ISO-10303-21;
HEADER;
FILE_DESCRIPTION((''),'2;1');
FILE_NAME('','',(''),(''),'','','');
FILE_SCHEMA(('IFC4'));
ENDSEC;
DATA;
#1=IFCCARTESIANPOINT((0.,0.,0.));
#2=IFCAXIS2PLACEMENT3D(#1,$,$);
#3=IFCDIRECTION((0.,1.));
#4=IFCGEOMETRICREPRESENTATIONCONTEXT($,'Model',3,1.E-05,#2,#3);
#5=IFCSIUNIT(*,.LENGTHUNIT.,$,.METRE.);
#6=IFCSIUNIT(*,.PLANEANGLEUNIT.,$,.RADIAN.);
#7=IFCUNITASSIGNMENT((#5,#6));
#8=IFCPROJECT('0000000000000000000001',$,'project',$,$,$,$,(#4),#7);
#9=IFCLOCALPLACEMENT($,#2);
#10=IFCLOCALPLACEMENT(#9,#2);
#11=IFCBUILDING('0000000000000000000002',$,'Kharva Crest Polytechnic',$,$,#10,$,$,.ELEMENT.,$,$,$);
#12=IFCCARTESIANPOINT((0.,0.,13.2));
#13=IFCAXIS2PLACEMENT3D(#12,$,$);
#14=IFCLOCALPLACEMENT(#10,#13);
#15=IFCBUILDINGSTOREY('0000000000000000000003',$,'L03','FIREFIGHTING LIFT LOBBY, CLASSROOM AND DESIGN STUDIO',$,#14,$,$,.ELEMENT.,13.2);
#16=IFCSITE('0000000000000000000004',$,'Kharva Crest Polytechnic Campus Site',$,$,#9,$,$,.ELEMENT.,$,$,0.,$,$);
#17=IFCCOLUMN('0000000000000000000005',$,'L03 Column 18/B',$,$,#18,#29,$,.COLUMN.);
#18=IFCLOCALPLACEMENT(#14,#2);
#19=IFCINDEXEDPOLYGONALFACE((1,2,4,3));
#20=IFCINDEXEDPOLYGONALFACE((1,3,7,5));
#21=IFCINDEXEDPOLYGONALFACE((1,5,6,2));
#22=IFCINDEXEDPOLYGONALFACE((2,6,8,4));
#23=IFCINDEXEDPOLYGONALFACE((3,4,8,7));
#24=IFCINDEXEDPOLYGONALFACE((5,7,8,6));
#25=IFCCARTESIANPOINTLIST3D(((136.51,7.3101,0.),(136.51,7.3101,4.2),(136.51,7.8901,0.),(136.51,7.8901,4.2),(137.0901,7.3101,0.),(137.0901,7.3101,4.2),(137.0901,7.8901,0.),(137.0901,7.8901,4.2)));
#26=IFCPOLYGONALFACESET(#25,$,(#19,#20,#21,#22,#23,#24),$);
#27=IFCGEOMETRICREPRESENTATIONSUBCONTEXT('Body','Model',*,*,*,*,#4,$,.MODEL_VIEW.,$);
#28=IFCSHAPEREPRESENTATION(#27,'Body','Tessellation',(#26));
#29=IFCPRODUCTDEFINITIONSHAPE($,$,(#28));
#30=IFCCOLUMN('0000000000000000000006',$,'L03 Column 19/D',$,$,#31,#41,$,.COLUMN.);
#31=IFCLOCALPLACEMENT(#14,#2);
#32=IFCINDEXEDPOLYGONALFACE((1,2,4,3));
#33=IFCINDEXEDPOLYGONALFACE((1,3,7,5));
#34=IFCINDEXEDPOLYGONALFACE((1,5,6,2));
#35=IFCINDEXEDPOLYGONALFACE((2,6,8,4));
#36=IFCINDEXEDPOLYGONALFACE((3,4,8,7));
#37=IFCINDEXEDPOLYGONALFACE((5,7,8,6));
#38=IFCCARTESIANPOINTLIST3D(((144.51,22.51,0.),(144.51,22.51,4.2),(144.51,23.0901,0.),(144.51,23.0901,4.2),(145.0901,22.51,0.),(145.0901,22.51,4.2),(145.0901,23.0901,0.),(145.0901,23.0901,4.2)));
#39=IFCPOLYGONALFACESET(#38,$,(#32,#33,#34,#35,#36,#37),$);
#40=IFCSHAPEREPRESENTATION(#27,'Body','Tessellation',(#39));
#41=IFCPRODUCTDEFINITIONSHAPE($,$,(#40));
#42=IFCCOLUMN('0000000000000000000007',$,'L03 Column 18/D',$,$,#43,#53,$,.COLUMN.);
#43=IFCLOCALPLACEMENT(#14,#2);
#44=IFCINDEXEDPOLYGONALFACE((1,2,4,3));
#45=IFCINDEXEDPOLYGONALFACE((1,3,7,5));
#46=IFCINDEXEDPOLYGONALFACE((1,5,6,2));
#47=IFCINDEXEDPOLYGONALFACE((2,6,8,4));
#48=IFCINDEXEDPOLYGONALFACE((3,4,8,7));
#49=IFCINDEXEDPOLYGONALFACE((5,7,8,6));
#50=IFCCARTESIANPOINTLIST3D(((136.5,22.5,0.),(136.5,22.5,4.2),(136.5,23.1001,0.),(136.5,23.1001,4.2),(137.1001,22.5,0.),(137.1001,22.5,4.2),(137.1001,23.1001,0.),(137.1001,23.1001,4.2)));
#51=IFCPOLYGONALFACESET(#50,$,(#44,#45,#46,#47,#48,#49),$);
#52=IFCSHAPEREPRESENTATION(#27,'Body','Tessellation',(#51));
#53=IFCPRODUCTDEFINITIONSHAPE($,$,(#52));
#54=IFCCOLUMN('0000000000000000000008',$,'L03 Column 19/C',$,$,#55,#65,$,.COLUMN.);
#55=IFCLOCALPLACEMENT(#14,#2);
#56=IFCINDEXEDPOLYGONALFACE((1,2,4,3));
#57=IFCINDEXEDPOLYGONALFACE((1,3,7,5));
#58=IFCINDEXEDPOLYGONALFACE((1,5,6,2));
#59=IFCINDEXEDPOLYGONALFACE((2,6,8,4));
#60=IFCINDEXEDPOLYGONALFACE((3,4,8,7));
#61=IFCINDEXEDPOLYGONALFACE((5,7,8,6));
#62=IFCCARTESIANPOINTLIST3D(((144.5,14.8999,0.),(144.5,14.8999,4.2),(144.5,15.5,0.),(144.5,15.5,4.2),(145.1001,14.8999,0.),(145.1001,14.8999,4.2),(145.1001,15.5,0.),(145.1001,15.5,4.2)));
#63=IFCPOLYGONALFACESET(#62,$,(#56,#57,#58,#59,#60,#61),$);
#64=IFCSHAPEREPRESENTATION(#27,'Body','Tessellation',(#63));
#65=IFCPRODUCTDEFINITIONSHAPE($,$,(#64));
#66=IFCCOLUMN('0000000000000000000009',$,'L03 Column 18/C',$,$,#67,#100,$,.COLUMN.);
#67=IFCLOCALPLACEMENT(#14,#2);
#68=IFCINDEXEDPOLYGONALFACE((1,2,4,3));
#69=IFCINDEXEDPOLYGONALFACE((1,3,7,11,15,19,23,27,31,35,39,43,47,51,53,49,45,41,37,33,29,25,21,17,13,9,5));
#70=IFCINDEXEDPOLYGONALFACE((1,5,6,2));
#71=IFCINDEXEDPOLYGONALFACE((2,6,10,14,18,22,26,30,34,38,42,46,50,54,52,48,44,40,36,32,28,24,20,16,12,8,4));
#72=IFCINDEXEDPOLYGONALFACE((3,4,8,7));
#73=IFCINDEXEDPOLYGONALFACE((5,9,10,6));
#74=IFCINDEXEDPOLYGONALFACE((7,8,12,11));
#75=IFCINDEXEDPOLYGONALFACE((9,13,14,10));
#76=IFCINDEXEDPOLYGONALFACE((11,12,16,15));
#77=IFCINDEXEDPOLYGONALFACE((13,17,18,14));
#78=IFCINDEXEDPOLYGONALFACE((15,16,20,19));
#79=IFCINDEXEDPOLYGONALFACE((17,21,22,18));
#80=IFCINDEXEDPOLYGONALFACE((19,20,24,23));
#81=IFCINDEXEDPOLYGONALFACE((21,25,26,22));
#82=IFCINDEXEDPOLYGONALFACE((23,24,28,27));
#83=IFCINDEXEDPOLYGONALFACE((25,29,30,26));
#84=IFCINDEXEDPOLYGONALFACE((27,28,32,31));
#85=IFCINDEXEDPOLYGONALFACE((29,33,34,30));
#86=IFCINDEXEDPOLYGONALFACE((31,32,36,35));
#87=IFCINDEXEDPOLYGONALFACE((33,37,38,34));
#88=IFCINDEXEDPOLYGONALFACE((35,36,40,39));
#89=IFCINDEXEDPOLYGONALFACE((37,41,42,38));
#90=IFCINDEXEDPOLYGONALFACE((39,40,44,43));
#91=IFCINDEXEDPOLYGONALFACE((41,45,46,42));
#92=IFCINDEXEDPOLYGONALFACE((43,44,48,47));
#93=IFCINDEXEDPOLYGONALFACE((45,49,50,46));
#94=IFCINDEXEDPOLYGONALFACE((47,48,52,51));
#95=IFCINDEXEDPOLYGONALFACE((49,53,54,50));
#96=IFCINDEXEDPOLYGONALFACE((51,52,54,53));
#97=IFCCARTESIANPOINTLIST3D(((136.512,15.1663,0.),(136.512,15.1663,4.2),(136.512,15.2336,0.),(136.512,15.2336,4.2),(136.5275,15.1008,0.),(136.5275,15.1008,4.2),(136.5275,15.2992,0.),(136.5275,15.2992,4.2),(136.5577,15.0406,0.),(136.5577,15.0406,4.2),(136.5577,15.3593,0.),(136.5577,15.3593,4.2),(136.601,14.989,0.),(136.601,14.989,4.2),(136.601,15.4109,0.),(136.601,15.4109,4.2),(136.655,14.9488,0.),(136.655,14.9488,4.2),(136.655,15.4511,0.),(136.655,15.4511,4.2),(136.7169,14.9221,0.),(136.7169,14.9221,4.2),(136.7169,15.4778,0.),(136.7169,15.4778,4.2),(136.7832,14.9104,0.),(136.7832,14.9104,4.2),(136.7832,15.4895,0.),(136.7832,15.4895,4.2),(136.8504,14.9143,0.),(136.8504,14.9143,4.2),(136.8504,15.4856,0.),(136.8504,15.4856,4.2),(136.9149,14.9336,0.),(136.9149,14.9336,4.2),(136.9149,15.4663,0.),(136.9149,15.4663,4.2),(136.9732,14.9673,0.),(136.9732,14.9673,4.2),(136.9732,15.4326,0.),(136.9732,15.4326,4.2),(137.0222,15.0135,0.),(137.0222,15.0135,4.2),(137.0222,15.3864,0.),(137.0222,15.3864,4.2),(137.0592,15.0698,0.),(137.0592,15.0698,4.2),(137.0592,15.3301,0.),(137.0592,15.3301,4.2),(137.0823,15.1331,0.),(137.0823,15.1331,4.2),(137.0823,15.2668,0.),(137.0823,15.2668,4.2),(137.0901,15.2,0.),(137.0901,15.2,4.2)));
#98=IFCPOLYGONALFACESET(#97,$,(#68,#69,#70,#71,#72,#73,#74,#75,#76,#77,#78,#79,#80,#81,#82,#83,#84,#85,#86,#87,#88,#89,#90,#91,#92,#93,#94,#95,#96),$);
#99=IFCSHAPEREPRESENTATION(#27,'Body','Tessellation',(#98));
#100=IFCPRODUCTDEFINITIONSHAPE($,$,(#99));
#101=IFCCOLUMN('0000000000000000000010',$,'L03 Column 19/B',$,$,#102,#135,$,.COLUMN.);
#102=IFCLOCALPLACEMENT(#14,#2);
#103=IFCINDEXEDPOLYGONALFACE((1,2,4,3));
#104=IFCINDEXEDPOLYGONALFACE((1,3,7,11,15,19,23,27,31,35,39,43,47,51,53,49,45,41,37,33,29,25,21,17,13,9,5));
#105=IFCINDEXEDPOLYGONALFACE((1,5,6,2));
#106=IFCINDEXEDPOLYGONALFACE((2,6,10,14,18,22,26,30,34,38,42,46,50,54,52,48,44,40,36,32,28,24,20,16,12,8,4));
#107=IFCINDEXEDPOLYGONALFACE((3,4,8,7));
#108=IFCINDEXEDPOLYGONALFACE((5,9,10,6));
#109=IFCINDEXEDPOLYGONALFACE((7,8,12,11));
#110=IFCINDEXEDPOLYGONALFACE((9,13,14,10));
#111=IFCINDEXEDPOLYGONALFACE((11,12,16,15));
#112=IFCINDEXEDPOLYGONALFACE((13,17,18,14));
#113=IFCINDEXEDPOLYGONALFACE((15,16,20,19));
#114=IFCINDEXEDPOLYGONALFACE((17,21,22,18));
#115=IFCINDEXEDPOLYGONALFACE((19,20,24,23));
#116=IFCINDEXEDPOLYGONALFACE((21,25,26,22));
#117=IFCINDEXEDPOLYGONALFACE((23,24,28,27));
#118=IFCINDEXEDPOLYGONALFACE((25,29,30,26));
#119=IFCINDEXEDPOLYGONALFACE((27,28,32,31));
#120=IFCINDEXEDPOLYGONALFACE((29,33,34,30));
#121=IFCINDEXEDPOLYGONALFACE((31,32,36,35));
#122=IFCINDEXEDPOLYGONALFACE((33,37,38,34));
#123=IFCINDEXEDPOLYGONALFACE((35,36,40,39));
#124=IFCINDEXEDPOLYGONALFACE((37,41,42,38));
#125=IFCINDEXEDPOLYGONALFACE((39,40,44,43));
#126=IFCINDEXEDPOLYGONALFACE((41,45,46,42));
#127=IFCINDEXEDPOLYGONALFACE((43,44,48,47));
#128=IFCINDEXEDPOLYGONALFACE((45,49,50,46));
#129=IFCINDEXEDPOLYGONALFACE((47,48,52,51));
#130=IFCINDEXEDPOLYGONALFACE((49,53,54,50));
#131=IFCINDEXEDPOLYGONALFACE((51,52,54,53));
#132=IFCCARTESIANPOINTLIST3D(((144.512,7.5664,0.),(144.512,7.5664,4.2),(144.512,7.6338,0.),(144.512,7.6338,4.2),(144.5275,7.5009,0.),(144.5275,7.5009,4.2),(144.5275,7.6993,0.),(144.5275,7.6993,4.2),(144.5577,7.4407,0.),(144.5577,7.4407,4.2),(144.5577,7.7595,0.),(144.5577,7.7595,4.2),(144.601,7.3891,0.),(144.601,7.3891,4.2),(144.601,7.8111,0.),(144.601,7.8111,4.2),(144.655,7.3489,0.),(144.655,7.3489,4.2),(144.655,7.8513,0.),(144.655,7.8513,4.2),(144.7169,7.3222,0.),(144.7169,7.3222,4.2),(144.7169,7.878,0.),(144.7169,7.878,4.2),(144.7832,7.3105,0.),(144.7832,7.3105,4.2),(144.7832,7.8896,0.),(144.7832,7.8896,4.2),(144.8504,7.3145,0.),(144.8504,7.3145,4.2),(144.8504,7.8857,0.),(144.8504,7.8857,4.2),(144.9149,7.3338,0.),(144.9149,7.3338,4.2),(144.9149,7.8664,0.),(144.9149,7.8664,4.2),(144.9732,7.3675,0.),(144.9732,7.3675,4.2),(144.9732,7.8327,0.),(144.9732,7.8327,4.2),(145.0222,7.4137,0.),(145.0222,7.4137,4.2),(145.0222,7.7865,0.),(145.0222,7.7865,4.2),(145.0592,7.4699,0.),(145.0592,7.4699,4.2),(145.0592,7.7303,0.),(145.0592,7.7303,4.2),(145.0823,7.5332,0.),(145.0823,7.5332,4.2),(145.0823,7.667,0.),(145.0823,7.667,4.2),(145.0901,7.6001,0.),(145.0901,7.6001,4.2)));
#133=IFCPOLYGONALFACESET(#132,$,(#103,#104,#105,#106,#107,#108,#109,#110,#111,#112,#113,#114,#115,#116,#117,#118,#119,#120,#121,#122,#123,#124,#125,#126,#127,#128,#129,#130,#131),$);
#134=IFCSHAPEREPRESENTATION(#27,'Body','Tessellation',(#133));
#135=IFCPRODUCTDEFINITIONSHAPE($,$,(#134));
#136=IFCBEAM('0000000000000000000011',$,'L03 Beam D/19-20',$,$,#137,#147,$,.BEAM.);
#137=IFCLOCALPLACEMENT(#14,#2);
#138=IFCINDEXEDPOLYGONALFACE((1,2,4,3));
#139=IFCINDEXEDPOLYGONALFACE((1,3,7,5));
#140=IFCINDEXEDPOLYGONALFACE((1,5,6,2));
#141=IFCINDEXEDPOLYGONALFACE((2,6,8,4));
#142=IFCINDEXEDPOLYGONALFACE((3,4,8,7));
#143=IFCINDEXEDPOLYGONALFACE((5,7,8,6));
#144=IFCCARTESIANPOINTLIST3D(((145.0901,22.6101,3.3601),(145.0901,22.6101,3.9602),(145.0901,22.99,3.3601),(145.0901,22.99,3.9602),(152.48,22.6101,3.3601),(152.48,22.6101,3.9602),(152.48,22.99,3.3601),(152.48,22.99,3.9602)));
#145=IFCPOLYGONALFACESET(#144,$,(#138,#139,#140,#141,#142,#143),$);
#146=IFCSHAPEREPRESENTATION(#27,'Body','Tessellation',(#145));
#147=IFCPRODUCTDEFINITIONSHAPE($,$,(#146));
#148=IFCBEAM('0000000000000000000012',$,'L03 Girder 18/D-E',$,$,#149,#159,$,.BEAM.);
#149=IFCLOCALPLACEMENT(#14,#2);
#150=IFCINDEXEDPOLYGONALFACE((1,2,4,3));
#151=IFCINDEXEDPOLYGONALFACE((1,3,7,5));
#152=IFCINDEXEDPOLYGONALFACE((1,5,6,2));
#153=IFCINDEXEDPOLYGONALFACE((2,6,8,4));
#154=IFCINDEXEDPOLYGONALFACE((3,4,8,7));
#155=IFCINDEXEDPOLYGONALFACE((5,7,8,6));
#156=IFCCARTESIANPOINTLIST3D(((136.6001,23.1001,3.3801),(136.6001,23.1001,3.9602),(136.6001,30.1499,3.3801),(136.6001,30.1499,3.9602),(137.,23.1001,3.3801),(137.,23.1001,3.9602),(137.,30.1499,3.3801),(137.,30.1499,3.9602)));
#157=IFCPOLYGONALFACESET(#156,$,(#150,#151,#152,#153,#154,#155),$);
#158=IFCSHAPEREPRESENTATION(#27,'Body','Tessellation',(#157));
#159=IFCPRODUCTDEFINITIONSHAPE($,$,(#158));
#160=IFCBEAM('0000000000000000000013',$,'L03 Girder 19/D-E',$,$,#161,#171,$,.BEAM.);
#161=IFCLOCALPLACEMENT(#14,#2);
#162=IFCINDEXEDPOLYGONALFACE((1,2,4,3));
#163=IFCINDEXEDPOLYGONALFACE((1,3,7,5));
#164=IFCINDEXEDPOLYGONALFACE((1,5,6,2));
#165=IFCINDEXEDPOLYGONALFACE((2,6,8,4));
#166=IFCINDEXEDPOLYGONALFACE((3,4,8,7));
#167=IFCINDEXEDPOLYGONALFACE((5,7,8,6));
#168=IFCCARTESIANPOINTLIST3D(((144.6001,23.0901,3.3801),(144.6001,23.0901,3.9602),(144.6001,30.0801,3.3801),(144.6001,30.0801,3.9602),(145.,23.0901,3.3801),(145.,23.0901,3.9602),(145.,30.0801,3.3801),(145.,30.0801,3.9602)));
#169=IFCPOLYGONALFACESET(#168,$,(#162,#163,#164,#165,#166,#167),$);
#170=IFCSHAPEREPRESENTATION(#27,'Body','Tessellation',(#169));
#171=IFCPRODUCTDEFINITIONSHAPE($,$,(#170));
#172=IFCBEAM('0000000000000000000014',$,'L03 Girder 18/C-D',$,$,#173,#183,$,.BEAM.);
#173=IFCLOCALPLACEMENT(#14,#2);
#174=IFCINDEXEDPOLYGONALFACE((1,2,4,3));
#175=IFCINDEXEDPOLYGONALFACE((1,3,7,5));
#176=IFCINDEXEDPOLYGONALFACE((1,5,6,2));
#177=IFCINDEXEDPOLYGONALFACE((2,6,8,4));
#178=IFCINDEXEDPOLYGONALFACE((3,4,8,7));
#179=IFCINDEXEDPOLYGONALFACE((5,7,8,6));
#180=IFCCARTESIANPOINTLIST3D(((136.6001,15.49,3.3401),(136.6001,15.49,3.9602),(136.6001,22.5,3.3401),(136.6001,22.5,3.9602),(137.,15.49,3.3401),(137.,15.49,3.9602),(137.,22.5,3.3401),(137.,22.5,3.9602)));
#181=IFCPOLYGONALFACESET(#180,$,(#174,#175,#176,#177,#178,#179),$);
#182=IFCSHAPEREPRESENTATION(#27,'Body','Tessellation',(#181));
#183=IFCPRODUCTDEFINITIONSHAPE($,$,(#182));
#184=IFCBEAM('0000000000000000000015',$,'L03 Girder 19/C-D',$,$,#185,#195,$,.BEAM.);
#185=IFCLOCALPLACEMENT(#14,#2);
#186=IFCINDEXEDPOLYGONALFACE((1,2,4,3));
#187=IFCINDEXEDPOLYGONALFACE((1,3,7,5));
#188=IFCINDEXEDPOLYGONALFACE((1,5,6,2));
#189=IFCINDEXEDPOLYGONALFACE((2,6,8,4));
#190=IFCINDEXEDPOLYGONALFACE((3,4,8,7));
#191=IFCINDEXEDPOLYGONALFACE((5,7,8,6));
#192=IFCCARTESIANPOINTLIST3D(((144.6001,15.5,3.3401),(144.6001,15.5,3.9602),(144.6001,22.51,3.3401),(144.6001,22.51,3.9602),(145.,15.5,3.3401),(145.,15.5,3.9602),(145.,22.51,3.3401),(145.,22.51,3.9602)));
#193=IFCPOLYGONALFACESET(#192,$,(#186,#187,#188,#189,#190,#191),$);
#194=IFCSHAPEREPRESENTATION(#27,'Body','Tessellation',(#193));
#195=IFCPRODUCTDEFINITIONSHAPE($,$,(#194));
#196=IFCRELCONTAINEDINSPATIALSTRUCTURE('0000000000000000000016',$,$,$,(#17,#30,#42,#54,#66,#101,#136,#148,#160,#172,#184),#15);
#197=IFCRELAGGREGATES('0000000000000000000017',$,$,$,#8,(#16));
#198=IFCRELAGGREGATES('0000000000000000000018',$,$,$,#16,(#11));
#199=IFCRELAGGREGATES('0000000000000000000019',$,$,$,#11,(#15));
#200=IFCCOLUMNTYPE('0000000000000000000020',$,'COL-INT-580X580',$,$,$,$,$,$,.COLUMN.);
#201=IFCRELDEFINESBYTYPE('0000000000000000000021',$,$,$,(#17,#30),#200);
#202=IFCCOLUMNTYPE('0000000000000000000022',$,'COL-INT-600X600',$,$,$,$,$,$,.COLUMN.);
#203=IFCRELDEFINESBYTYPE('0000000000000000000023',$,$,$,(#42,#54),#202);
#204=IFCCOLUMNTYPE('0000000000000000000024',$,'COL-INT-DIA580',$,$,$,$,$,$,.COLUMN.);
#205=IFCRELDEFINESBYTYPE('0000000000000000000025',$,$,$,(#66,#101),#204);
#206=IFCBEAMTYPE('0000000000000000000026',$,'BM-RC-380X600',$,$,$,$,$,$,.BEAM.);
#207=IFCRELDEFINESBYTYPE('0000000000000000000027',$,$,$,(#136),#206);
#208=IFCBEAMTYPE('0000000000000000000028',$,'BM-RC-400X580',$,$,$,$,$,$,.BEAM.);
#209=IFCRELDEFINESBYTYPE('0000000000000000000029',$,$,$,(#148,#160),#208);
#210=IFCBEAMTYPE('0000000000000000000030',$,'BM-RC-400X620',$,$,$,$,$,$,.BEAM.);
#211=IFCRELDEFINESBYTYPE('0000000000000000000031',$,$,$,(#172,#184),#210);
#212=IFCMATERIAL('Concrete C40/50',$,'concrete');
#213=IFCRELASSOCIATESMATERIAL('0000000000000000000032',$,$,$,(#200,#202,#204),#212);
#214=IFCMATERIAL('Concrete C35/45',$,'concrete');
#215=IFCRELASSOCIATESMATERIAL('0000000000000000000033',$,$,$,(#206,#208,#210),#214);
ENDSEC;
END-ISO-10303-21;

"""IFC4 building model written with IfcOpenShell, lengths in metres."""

from ifc_helpers import new_model, si_unit, direction, frame, origin, origin_2d, place, context, subcontext, project, spatial, rectangle, circle, extrude, material, material_profile, profile_set, type_object, element, save


model = new_model("IFC4")

# Units and contexts
model_context = context("Model", 3, precision=1e-05, world=origin(), true_north=direction((0.0, 1.0)))
body_context = subcontext(model_context, "Body", "Model", "MODEL_VIEW")
ifc_project = project(units=[si_unit("LENGTHUNIT", "METRE"), si_unit("PLANEANGLEUNIT", "RADIAN")], contexts=[model_context])

# Site, building, storey
site_placement = place(None, origin())
site = spatial("IfcSite", under=ifc_project, at=site_placement, Name="Kharva Crest Polytechnic Campus Site", CompositionType="ELEMENT", RefElevation=0.0)
building_placement = place(site_placement, origin())
building = spatial("IfcBuilding", under=site, at=building_placement, Name="Kharva Crest Polytechnic", CompositionType="ELEMENT")
storey_placement = place(building_placement, frame((0.0, 0.0, 13.2)))
storey = spatial("IfcBuildingStorey", under=building, at=storey_placement, Name="L03", Description="FIREFIGHTING LIFT LOBBY, CLASSROOM AND DESIGN STUDIO", CompositionType="ELEMENT", Elevation=13.2)

# Columns
ifc_material_1 = material(Name="Concrete C40/50", Category="concrete")
ifc_material_profile_1 = material_profile(ifc_material_1, rectangle(XDim=0.5801, YDim=0.5801, at=origin_2d()), Name="RECT 580 X 580")
ifc_profile_set_1 = profile_set([ifc_material_profile_1], Name="Concrete C40/50")
column_type_1 = type_object("IfcColumnType", Name="COL-INT-580X580", PredefinedType="COLUMN", material=ifc_profile_set_1)
for number, where, z_axis, x_axis, name in (
    (1, (136.8, 7.6001, 0.0), (0.0, 0.0, 1.0), (1.0, 0.0, 0.0), "L03 Column 18/B"),
    (2, (144.8, 22.8, 0.0), (0.0, 0.0, 1.0), (1.0, 0.0, 0.0), "L03 Column 19/D"),
):
    element("IfcColumn", number, at=place(storey_placement, frame(where, z_axis=z_axis, x_axis=x_axis)), inside=storey, type_object=column_type_1, Name=name, PredefinedType="COLUMN", context=body_context, shape_type="SweptSolid", body=[
        extrude(rectangle(XDim=0.5801, YDim=0.5801, at=origin_2d()), origin(), (0.0, 0.0, 1.0), 4.2),
    ])
ifc_material_profile_2 = material_profile(ifc_material_1, rectangle(XDim=0.6001, YDim=0.6001, at=origin_2d()), Name="RECT 600 X 600")
ifc_profile_set_2 = profile_set([ifc_material_profile_2], Name="Concrete C40/50")
column_type_2 = type_object("IfcColumnType", Name="COL-INT-600X600", PredefinedType="COLUMN", material=ifc_profile_set_2)
for number, where, z_axis, x_axis, name in (
    (3, (136.8, 22.8, 0.0), (0.0, 0.0, 1.0), (1.0, 0.0, 0.0), "L03 Column 18/D"),
    (4, (144.8, 15.2, 0.0), (0.0, 0.0, 1.0), (1.0, 0.0, 0.0), "L03 Column 19/C"),
):
    element("IfcColumn", number, at=place(storey_placement, frame(where, z_axis=z_axis, x_axis=x_axis)), inside=storey, type_object=column_type_2, Name=name, PredefinedType="COLUMN", context=body_context, shape_type="SweptSolid", body=[
        extrude(rectangle(XDim=0.6001, YDim=0.6001, at=origin_2d()), origin(), (0.0, 0.0, 1.0), 4.2),
    ])
ifc_material_profile_3 = material_profile(ifc_material_1, circle(Radius=0.29, at=origin_2d()), Name="DIA 580")
ifc_profile_set_3 = profile_set([ifc_material_profile_3], Name="Concrete C40/50")
column_type_3 = type_object("IfcColumnType", Name="COL-INT-DIA580", PredefinedType="COLUMN", material=ifc_profile_set_3)
for number, where, z_axis, x_axis, name in (
    (5, (136.8, 15.2, 0.0), (0.0, 0.0, 1.0), (1.0, 0.0, 0.0), "L03 Column 18/C"),
    (6, (144.8, 7.6001, 0.0), (0.0, 0.0, 1.0), (1.0, 0.0, 0.0), "L03 Column 19/B"),
):
    element("IfcColumn", number, at=place(storey_placement, frame(where, z_axis=z_axis, x_axis=x_axis)), inside=storey, type_object=column_type_3, Name=name, PredefinedType="COLUMN", context=body_context, shape_type="SweptSolid", body=[
        extrude(circle(Radius=0.29, at=origin_2d()), origin(), (0.0, 0.0, 1.0), 4.2),
    ])

# Beams
ifc_material_2 = material(Name="Concrete C35/45", Category="concrete")
ifc_material_profile_4 = material_profile(ifc_material_2, rectangle(XDim=0.3799, YDim=0.6001, at=origin_2d()), Name="RECT 380 X 600")
ifc_profile_set_4 = profile_set([ifc_material_profile_4], Name="Concrete C35/45")
beam_type_1 = type_object("IfcBeamType", Name="BM-RC-380X600", PredefinedType="BEAM", material=ifc_profile_set_4)
beam_1_placement = place(storey_placement, frame((145.0901, 22.8, 3.6602), z_axis=(1.0, 0.0, 0.0), x_axis=(0.0, 1.0, 0.0)))
element("IfcBeam", 7, at=beam_1_placement, inside=storey, type_object=beam_type_1, Name="L03 Beam D/19-20", PredefinedType="BEAM", context=body_context, shape_type="SweptSolid", body=[
    extrude(rectangle(XDim=0.3799, YDim=0.6001, at=origin_2d()), origin(), (0.0, 0.0, 1.0), 7.3899),
])
ifc_material_profile_5 = material_profile(ifc_material_2, rectangle(XDim=0.3999, YDim=0.5801, at=origin_2d()), Name="RECT 400 X 580")
ifc_profile_set_5 = profile_set([ifc_material_profile_5], Name="Concrete C35/45")
beam_type_2 = type_object("IfcBeamType", Name="BM-RC-400X580", PredefinedType="BEAM", material=ifc_profile_set_5)
beam_2_placement = place(storey_placement, frame((136.8, 23.1001, 3.6702), z_axis=(0.0, 1.0, 0.0), x_axis=(-1.0, 0.0, 0.0)))
element("IfcBeam", 8, at=beam_2_placement, inside=storey, type_object=beam_type_2, Name="L03 Girder 18/D-E", PredefinedType="BEAM", context=body_context, shape_type="SweptSolid", body=[
    extrude(rectangle(XDim=0.3999, YDim=0.5801, at=origin_2d()), origin(), (0.0, 0.0, 1.0), 7.0498),
])
beam_3_placement = place(storey_placement, frame((144.8, 23.0901, 3.6702), z_axis=(0.0, 1.0, 0.0), x_axis=(-1.0, 0.0, 0.0)))
element("IfcBeam", 9, at=beam_3_placement, inside=storey, type_object=beam_type_2, Name="L03 Girder 19/D-E", PredefinedType="BEAM", context=body_context, shape_type="SweptSolid", body=[
    extrude(rectangle(XDim=0.3999, YDim=0.5801, at=origin_2d()), origin(), (0.0, 0.0, 1.0), 6.99),
])
ifc_material_profile_6 = material_profile(ifc_material_2, rectangle(XDim=0.3999, YDim=0.6201, at=origin_2d()), Name="RECT 400 X 620")
ifc_profile_set_6 = profile_set([ifc_material_profile_6], Name="Concrete C35/45")
beam_type_3 = type_object("IfcBeamType", Name="BM-RC-400X620", PredefinedType="BEAM", material=ifc_profile_set_6)
for number, where, z_axis, x_axis, name in (
    (10, (136.8, 15.49, 3.6501), (0.0, 1.0, 0.0), (-1.0, 0.0, 0.0), "L03 Girder 18/C-D"),
    (11, (144.8, 15.5, 3.6501), (0.0, 1.0, 0.0), (-1.0, 0.0, 0.0), "L03 Girder 19/C-D"),
):
    element("IfcBeam", number, at=place(storey_placement, frame(where, z_axis=z_axis, x_axis=x_axis)), inside=storey, type_object=beam_type_3, Name=name, PredefinedType="BEAM", context=body_context, shape_type="SweptSolid", body=[
        extrude(rectangle(XDim=0.3999, YDim=0.6201, at=origin_2d()), origin(), (0.0, 0.0, 1.0), 7.01),
    ])

save(model, "model.ifc")
